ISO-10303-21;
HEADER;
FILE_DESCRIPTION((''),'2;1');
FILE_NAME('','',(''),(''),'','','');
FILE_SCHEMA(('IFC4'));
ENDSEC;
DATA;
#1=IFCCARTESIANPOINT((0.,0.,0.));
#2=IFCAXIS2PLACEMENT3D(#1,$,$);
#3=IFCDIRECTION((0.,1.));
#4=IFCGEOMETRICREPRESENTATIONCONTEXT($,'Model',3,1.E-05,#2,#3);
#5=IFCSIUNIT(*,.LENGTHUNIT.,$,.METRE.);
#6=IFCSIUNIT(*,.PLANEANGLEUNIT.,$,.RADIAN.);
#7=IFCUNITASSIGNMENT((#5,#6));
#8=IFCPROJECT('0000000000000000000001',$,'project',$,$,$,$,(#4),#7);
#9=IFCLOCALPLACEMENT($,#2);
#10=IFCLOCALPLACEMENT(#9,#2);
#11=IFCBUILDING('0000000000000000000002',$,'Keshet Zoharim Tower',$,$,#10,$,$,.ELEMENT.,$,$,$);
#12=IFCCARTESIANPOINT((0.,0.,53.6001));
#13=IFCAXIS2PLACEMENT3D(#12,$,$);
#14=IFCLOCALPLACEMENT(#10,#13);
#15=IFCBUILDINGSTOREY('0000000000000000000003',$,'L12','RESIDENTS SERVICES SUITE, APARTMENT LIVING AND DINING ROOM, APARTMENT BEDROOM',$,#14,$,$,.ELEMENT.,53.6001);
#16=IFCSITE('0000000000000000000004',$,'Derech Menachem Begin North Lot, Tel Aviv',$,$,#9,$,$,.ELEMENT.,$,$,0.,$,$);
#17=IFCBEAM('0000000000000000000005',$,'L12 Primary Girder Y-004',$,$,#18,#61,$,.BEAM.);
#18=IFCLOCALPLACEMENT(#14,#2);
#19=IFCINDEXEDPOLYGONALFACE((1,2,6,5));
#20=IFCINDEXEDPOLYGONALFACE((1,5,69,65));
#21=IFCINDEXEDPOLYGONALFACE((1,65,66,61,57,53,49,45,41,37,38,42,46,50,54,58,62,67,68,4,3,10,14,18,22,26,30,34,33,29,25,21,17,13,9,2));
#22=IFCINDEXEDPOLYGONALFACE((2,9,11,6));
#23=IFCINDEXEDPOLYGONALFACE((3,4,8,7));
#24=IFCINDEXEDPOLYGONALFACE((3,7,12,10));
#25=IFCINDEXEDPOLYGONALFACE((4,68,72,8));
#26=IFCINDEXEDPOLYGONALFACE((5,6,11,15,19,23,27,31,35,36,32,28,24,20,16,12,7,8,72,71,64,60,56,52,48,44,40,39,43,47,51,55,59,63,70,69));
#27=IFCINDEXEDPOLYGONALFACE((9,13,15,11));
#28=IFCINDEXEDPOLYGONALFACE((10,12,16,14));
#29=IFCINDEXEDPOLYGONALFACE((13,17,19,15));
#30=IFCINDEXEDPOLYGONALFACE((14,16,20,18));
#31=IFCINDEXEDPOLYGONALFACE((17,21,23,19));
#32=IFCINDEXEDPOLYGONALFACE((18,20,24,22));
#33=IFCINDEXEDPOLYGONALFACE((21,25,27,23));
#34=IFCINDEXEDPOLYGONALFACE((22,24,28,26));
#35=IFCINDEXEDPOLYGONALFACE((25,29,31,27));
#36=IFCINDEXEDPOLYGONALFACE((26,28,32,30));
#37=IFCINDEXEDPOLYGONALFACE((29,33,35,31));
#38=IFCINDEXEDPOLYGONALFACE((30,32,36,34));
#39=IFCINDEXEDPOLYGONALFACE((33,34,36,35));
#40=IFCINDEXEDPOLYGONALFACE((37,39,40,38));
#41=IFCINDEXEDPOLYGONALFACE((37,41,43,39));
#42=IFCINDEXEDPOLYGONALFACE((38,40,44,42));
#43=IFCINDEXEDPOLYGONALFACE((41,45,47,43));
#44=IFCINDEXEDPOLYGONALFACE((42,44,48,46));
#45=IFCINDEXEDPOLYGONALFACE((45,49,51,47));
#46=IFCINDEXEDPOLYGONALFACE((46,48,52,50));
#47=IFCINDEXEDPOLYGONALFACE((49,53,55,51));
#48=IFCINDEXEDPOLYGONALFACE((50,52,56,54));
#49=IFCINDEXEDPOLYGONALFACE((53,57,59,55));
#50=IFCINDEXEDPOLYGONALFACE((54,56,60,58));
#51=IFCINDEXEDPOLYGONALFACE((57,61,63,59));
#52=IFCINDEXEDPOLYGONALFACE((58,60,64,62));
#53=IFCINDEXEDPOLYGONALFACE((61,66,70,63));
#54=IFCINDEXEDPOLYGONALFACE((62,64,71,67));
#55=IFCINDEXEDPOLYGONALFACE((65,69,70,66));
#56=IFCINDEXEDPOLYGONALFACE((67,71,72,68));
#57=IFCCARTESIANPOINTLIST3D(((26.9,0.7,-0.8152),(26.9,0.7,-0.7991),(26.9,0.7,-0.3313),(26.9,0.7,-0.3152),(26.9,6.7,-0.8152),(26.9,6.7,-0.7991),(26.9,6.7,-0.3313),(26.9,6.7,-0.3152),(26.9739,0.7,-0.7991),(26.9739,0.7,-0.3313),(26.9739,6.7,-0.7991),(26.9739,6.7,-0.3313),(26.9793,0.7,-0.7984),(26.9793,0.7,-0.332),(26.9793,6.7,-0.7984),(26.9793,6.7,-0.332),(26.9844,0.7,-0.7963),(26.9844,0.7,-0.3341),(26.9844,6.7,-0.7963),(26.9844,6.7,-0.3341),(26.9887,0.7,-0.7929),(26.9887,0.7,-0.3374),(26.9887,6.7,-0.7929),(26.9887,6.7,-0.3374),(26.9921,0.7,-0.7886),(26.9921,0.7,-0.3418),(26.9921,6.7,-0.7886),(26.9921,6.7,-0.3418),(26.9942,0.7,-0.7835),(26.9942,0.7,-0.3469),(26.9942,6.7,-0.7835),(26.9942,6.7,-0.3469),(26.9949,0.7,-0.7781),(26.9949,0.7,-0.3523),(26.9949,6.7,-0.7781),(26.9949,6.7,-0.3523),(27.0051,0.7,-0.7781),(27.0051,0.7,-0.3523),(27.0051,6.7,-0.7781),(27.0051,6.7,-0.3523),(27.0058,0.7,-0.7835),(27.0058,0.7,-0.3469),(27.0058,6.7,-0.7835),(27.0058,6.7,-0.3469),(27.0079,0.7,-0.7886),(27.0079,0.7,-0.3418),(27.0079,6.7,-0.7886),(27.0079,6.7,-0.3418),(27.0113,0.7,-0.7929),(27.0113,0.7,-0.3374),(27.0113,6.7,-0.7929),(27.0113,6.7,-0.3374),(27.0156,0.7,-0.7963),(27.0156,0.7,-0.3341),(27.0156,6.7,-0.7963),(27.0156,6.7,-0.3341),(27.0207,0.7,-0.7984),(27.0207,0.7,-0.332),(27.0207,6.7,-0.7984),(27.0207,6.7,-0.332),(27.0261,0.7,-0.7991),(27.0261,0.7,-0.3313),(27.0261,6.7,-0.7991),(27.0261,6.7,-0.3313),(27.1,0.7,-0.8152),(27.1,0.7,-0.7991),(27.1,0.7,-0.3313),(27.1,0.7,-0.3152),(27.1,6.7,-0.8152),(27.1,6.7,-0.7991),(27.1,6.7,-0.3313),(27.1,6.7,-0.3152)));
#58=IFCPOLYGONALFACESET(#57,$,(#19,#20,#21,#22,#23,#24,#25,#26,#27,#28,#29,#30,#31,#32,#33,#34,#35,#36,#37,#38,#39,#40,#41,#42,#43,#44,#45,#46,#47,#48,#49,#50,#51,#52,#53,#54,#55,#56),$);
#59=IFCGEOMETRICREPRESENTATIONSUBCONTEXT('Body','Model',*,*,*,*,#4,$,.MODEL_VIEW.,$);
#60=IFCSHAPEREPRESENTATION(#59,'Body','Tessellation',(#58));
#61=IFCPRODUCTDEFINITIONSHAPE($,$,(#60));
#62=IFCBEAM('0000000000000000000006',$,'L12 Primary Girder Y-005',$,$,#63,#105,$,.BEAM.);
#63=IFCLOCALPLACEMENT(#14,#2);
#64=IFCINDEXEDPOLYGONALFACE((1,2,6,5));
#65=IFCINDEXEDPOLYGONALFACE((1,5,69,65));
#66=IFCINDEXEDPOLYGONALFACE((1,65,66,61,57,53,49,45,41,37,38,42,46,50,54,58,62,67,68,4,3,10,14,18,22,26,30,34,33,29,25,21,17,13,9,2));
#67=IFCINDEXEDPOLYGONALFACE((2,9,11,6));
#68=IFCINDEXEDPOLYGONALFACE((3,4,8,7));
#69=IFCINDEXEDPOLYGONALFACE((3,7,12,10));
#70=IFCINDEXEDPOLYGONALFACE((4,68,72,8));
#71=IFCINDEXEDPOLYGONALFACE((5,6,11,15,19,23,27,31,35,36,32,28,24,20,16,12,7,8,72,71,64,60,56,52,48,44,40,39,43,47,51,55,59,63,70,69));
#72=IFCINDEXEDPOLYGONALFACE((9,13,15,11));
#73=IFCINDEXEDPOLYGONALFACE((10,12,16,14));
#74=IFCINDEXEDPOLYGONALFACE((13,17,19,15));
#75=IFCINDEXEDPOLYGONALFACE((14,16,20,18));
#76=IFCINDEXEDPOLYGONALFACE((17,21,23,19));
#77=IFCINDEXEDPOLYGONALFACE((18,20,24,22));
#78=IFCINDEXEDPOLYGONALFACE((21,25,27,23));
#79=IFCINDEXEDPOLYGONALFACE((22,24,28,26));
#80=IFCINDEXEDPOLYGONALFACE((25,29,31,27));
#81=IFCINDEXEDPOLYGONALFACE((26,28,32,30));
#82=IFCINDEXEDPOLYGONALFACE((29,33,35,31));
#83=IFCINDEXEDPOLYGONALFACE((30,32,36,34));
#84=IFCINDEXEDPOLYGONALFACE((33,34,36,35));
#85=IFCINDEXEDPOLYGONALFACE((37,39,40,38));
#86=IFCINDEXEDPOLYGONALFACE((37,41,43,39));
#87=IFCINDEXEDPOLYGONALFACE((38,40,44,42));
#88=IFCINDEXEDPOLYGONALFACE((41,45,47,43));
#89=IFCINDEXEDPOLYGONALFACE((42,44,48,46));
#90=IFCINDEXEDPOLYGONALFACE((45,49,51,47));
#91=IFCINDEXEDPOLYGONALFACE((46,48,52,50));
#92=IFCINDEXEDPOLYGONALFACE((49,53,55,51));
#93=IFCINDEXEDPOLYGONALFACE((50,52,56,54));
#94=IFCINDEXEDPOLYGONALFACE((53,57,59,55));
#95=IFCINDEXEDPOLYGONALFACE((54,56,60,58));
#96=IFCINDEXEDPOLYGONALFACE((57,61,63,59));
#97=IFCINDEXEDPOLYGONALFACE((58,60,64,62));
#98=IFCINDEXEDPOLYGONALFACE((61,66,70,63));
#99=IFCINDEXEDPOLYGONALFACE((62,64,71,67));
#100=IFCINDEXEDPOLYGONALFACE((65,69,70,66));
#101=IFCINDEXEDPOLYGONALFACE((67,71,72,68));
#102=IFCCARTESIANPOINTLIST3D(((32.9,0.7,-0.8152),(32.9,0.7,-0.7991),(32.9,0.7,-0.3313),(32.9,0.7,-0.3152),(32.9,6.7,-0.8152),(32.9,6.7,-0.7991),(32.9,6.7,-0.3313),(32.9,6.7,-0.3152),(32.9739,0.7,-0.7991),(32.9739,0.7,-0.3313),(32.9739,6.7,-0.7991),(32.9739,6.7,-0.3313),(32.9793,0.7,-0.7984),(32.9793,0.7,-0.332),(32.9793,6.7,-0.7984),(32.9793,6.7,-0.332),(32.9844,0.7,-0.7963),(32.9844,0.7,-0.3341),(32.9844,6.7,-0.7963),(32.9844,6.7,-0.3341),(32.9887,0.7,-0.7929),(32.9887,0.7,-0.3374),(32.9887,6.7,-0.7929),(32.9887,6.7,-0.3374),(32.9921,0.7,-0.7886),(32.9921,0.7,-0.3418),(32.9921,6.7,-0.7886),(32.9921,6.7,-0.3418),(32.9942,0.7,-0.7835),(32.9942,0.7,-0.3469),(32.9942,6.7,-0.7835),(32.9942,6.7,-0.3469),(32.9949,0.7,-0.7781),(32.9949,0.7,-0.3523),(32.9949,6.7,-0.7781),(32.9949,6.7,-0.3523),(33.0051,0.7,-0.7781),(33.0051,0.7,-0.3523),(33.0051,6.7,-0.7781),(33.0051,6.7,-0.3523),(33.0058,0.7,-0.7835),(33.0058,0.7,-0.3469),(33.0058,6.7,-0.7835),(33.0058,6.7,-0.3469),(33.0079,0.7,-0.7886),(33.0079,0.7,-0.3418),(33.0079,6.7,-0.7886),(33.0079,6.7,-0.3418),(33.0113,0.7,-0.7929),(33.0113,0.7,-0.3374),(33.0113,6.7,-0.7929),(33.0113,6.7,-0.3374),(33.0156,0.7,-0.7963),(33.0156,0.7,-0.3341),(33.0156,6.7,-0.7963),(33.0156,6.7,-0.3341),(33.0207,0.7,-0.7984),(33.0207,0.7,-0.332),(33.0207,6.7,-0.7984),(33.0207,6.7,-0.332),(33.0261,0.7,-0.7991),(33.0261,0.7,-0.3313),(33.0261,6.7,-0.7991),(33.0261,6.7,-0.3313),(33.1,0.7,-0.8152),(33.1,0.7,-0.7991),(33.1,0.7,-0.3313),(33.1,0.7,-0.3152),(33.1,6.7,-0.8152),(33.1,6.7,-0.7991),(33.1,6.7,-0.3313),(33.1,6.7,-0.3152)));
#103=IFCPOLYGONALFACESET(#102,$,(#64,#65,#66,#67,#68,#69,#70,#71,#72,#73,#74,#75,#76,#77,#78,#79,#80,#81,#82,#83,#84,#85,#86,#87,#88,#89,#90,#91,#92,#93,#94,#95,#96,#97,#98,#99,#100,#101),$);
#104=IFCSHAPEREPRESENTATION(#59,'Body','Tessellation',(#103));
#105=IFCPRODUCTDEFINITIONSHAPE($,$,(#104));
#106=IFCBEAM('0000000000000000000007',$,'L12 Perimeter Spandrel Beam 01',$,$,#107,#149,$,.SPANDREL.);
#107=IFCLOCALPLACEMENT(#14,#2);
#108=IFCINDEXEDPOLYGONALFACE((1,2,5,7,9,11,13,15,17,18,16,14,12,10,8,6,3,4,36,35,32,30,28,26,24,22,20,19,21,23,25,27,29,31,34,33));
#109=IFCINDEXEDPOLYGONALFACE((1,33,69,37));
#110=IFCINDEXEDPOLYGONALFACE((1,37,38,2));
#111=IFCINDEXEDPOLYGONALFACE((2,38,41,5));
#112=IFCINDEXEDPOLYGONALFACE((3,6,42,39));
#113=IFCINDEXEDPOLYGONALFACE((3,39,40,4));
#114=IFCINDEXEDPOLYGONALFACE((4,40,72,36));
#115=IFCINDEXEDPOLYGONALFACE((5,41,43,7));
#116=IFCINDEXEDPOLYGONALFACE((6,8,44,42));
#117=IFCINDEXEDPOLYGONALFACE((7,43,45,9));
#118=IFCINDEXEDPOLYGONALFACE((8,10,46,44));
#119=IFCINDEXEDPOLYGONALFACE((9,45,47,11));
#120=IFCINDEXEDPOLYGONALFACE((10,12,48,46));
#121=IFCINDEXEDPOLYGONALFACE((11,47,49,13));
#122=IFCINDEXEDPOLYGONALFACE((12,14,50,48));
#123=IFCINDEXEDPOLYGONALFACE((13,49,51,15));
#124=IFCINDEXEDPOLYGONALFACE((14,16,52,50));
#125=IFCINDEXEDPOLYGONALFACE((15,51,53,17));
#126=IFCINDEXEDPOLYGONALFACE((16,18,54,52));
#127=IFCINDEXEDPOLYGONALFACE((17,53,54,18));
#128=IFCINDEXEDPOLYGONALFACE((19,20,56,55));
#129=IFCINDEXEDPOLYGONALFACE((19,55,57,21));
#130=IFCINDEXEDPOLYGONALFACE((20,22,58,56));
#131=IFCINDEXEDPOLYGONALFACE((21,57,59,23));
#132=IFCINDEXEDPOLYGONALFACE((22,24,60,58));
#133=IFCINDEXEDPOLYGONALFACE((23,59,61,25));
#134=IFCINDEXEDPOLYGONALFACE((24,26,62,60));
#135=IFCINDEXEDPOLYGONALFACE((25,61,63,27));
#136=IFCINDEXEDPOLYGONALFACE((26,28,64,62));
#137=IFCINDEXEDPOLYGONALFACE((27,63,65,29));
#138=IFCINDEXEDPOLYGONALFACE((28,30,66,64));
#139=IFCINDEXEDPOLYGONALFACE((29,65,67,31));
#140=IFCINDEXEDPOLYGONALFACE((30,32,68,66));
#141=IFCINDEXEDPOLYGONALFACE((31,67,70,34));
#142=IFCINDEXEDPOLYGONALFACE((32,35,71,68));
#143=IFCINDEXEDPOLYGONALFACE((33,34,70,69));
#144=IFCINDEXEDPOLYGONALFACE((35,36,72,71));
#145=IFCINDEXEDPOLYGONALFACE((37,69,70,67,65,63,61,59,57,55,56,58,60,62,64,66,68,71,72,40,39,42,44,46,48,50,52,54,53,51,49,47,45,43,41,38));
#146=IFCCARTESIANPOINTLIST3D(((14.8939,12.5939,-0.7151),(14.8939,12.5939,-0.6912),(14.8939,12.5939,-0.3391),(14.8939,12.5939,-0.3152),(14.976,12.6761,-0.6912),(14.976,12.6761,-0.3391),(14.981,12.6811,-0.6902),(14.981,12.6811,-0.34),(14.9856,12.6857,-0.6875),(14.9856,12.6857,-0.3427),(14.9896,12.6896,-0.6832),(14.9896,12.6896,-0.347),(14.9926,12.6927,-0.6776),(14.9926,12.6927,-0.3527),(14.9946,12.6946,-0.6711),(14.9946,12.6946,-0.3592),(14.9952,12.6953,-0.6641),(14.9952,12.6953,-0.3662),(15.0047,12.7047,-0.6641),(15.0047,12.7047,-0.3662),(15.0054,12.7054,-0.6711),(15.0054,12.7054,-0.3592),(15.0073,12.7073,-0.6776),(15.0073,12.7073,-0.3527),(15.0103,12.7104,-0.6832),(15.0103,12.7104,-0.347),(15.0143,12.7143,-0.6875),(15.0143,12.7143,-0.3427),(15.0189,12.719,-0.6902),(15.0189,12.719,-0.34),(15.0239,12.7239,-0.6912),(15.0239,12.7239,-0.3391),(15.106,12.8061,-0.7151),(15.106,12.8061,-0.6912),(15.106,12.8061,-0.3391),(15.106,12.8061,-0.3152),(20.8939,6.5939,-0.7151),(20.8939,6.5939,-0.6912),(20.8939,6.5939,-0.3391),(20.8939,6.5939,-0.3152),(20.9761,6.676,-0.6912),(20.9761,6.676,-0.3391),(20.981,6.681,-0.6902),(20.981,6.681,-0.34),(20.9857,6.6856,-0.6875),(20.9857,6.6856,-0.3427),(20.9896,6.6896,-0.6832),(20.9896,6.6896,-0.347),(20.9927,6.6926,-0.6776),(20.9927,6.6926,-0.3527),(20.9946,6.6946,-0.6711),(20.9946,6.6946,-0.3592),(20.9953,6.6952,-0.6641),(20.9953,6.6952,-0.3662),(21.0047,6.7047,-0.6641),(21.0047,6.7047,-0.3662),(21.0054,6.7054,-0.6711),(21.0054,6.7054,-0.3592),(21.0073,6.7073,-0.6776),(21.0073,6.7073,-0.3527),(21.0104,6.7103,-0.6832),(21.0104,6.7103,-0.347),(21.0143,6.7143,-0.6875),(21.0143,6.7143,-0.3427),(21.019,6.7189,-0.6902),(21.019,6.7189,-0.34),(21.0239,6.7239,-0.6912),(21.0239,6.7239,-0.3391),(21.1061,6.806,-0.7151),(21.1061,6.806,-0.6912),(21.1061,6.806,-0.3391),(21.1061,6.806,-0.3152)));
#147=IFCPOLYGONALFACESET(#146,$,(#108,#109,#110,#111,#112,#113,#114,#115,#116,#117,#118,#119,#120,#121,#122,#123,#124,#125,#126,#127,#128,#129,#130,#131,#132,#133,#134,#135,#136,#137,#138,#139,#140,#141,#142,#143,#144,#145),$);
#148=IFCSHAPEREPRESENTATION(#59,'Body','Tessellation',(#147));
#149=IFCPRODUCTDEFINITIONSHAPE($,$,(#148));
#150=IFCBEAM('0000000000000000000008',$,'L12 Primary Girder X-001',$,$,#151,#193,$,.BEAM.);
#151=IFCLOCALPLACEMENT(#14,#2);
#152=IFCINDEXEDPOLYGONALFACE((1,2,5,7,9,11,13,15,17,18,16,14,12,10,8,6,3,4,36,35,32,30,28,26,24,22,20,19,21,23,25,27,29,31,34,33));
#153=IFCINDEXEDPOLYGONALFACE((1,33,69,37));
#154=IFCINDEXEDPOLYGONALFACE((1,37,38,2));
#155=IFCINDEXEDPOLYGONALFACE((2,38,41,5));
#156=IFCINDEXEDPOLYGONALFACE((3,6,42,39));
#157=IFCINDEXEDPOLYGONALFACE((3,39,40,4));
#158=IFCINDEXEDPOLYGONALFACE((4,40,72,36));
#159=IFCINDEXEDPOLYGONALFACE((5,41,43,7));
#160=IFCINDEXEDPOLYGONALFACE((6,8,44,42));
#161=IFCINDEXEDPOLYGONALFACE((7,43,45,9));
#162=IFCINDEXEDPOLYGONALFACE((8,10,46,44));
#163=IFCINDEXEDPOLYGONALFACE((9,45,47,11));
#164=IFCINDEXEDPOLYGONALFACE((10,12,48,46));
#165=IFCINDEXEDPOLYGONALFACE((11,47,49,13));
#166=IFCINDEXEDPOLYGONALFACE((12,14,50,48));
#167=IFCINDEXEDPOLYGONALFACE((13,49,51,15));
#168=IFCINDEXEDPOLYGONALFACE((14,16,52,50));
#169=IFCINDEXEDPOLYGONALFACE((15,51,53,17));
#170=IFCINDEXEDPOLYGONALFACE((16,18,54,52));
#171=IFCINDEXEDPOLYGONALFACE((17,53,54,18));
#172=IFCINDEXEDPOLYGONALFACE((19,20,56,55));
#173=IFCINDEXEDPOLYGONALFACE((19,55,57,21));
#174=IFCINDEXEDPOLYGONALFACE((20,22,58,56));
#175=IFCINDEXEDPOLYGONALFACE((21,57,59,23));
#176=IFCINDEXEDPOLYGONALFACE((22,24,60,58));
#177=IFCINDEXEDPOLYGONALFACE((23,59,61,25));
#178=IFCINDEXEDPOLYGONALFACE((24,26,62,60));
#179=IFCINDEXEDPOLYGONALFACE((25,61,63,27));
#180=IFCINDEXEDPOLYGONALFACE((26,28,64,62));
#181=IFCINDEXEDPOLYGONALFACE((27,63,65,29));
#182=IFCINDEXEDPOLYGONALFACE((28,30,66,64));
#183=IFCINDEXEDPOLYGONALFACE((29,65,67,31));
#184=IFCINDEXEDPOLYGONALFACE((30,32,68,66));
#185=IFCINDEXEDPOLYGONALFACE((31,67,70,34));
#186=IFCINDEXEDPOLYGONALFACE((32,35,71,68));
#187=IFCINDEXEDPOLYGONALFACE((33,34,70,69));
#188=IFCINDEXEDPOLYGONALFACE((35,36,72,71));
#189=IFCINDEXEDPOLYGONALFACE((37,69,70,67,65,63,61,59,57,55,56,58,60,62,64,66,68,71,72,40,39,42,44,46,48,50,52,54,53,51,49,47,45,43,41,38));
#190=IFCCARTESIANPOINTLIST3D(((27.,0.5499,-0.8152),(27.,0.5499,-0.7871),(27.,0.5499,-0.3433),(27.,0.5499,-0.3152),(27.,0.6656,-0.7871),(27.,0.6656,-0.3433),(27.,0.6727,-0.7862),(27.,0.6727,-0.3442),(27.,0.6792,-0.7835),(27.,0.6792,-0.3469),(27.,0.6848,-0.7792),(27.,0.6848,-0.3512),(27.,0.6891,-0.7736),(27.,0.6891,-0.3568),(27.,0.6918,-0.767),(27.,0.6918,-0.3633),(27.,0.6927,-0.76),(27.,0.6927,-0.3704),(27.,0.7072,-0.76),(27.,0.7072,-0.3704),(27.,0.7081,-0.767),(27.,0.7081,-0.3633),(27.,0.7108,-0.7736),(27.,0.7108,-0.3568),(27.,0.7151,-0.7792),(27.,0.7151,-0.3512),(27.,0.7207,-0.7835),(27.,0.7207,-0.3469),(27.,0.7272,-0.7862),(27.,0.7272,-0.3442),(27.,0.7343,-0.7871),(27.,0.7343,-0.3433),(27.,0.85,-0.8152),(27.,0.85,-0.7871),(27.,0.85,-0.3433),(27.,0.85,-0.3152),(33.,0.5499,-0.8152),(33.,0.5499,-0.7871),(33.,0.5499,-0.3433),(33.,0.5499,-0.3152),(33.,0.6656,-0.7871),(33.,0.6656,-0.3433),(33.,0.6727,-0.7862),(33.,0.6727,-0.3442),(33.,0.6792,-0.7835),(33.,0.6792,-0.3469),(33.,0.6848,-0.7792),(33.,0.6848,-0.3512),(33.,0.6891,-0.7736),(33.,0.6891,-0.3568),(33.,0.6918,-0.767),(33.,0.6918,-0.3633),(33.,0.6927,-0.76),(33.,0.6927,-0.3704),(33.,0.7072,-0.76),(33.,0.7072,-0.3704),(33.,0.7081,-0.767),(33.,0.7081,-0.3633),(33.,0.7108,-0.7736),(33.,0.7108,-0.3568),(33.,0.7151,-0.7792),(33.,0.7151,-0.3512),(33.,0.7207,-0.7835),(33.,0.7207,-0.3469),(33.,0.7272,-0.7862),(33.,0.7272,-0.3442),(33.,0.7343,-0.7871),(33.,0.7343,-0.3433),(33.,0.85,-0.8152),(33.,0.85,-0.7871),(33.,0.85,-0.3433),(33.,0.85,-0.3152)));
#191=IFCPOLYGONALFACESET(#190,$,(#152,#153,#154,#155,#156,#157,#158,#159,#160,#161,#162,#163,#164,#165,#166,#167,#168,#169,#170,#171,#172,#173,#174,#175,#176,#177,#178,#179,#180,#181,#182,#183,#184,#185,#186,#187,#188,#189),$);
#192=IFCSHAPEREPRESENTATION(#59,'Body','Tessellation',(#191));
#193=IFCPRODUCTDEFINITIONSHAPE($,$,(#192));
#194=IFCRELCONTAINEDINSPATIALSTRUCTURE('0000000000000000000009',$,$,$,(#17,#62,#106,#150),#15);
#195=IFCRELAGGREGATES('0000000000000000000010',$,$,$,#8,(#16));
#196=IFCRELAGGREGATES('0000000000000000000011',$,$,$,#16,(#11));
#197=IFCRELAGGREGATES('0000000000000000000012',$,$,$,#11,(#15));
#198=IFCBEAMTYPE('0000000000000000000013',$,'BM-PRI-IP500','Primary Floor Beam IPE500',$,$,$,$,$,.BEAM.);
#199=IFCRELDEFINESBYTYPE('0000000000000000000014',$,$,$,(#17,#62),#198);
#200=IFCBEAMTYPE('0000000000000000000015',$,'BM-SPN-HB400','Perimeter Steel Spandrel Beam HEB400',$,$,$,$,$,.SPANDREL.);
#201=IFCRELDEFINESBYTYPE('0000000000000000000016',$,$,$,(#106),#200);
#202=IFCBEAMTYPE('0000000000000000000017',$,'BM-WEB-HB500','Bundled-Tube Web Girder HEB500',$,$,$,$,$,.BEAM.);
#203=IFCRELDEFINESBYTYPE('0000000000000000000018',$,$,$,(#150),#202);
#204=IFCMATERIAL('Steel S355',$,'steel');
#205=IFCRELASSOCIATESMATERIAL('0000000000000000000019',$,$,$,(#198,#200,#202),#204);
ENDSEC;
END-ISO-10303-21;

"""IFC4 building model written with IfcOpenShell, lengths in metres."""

from ifc_helpers import new_model, si_unit, direction, frame, origin, origin_2d, place, context, subcontext, project, spatial, i_section, extrude, material, material_profile, profile_set, type_object, element, save


model = new_model("IFC4")

# Units and contexts
model_context = context("Model", 3, precision=1e-05, world=origin(), true_north=direction((0.0, 1.0)))
body_context = subcontext(model_context, "Body", "Model", "MODEL_VIEW")
ifc_project = project(units=[si_unit("LENGTHUNIT", "METRE"), si_unit("PLANEANGLEUNIT", "RADIAN")], contexts=[model_context])

# Site, building, storey
site_placement = place(None, origin())
site = spatial("IfcSite", under=ifc_project, at=site_placement, Name="Derech Menachem Begin North Lot, Tel Aviv", CompositionType="ELEMENT", RefElevation=0.0)
building_placement = place(site_placement, origin())
building = spatial("IfcBuilding", under=site, at=building_placement, Name="Keshet Zoharim Tower", CompositionType="ELEMENT")
storey_placement = place(building_placement, frame((0.0, 0.0, 53.6001)))
storey = spatial("IfcBuildingStorey", under=building, at=storey_placement, Name="L12", Description="RESIDENTS SERVICES SUITE, APARTMENT LIVING AND DINING ROOM, APARTMENT BEDROOM", CompositionType="ELEMENT", Elevation=53.6001)

# Shared definitions
ifc_material_1 = material(Name="Steel S355", Category="steel")

# Beams
ifc_material_profile_1 = material_profile(ifc_material_1, i_section(OverallWidth=0.2, OverallDepth=0.5, WebThickness=0.0103, FlangeThickness=0.0161, FilletRadius=0.021, at=origin_2d()), Name="IPE500")
ifc_profile_set_1 = profile_set([ifc_material_profile_1], Name="Steel S355")
beam_type_1 = type_object("IfcBeamType", Name="BM-PRI-IP500", Description="Primary Floor Beam IPE500", PredefinedType="BEAM", material=ifc_profile_set_1)
for number, where, z_axis, x_axis, name in (
    (1, (27.0, 0.7, -0.5652), (0.0, 1.0, 0.0), (-1.0, 0.0, 0.0), "L12 Primary Girder Y-004"),
    (2, (33.0, 0.7, -0.5652), (0.0, 1.0, 0.0), (-1.0, 0.0, 0.0), "L12 Primary Girder Y-005"),
):
    element("IfcBeam", number, at=place(storey_placement, frame(where, z_axis=z_axis, x_axis=x_axis)), inside=storey, type_object=beam_type_1, Name=name, PredefinedType="BEAM", context=body_context, shape_type="SweptSolid", body=[
        extrude(i_section(OverallWidth=0.2, OverallDepth=0.5, WebThickness=0.0103, FlangeThickness=0.0161, FilletRadius=0.021, at=origin_2d()), origin(), (0.0, 0.0, 1.0), 6.0),
    ])
ifc_material_profile_2 = material_profile(ifc_material_1, i_section(OverallWidth=0.3, OverallDepth=0.3999, WebThickness=0.0134, FlangeThickness=0.0239, FilletRadius=0.0271, at=origin_2d()), Name="HEB400")
ifc_profile_set_2 = profile_set([ifc_material_profile_2], Name="Steel S355")
beam_type_2 = type_object("IfcBeamType", Name="BM-SPN-HB400", Description="Perimeter Steel Spandrel Beam HEB400", PredefinedType="SPANDREL", material=ifc_profile_set_2)
beam_placement = place(storey_placement, frame((21.0, 6.7, -0.5151), z_axis=(-0.707107, 0.707107, 0.0), x_axis=(-0.707107, -0.707107, 0.0)))
element("IfcBeam", 3, at=beam_placement, inside=storey, type_object=beam_type_2, Name="L12 Perimeter Spandrel Beam 01", PredefinedType="SPANDREL", context=body_context, shape_type="SweptSolid", body=[
    extrude(i_section(OverallWidth=0.3, OverallDepth=0.3999, WebThickness=0.0134, FlangeThickness=0.0239, FilletRadius=0.0271, at=origin_2d()), origin(), (0.0, 0.0, 1.0), 8.4854),
])
ifc_material_profile_3 = material_profile(ifc_material_1, i_section(OverallWidth=0.3, OverallDepth=0.5, WebThickness=0.0144, FlangeThickness=0.0281, FilletRadius=0.0271, at=origin_2d()), Name="HEB500")
ifc_profile_set_3 = profile_set([ifc_material_profile_3], Name="Steel S355")
beam_type_3 = type_object("IfcBeamType", Name="BM-WEB-HB500", Description="Bundled-Tube Web Girder HEB500", PredefinedType="BEAM", material=ifc_profile_set_3)
for number, where, z_axis, x_axis, name in (
    (4, (27.0, 0.7, -0.5652), (1.0, 0.0, 0.0), (0.0, 1.0, 0.0), "L12 Primary Girder X-001"),
):
    element("IfcBeam", number, at=place(storey_placement, frame(where, z_axis=z_axis, x_axis=x_axis)), inside=storey, type_object=beam_type_3, Name=name, PredefinedType="BEAM", context=body_context, shape_type="SweptSolid", body=[
        extrude(i_section(OverallWidth=0.3, OverallDepth=0.5, WebThickness=0.0144, FlangeThickness=0.0281, FilletRadius=0.0271, at=origin_2d()), origin(), (0.0, 0.0, 1.0), 6.0),
    ])

save(model, "model.ifc")
